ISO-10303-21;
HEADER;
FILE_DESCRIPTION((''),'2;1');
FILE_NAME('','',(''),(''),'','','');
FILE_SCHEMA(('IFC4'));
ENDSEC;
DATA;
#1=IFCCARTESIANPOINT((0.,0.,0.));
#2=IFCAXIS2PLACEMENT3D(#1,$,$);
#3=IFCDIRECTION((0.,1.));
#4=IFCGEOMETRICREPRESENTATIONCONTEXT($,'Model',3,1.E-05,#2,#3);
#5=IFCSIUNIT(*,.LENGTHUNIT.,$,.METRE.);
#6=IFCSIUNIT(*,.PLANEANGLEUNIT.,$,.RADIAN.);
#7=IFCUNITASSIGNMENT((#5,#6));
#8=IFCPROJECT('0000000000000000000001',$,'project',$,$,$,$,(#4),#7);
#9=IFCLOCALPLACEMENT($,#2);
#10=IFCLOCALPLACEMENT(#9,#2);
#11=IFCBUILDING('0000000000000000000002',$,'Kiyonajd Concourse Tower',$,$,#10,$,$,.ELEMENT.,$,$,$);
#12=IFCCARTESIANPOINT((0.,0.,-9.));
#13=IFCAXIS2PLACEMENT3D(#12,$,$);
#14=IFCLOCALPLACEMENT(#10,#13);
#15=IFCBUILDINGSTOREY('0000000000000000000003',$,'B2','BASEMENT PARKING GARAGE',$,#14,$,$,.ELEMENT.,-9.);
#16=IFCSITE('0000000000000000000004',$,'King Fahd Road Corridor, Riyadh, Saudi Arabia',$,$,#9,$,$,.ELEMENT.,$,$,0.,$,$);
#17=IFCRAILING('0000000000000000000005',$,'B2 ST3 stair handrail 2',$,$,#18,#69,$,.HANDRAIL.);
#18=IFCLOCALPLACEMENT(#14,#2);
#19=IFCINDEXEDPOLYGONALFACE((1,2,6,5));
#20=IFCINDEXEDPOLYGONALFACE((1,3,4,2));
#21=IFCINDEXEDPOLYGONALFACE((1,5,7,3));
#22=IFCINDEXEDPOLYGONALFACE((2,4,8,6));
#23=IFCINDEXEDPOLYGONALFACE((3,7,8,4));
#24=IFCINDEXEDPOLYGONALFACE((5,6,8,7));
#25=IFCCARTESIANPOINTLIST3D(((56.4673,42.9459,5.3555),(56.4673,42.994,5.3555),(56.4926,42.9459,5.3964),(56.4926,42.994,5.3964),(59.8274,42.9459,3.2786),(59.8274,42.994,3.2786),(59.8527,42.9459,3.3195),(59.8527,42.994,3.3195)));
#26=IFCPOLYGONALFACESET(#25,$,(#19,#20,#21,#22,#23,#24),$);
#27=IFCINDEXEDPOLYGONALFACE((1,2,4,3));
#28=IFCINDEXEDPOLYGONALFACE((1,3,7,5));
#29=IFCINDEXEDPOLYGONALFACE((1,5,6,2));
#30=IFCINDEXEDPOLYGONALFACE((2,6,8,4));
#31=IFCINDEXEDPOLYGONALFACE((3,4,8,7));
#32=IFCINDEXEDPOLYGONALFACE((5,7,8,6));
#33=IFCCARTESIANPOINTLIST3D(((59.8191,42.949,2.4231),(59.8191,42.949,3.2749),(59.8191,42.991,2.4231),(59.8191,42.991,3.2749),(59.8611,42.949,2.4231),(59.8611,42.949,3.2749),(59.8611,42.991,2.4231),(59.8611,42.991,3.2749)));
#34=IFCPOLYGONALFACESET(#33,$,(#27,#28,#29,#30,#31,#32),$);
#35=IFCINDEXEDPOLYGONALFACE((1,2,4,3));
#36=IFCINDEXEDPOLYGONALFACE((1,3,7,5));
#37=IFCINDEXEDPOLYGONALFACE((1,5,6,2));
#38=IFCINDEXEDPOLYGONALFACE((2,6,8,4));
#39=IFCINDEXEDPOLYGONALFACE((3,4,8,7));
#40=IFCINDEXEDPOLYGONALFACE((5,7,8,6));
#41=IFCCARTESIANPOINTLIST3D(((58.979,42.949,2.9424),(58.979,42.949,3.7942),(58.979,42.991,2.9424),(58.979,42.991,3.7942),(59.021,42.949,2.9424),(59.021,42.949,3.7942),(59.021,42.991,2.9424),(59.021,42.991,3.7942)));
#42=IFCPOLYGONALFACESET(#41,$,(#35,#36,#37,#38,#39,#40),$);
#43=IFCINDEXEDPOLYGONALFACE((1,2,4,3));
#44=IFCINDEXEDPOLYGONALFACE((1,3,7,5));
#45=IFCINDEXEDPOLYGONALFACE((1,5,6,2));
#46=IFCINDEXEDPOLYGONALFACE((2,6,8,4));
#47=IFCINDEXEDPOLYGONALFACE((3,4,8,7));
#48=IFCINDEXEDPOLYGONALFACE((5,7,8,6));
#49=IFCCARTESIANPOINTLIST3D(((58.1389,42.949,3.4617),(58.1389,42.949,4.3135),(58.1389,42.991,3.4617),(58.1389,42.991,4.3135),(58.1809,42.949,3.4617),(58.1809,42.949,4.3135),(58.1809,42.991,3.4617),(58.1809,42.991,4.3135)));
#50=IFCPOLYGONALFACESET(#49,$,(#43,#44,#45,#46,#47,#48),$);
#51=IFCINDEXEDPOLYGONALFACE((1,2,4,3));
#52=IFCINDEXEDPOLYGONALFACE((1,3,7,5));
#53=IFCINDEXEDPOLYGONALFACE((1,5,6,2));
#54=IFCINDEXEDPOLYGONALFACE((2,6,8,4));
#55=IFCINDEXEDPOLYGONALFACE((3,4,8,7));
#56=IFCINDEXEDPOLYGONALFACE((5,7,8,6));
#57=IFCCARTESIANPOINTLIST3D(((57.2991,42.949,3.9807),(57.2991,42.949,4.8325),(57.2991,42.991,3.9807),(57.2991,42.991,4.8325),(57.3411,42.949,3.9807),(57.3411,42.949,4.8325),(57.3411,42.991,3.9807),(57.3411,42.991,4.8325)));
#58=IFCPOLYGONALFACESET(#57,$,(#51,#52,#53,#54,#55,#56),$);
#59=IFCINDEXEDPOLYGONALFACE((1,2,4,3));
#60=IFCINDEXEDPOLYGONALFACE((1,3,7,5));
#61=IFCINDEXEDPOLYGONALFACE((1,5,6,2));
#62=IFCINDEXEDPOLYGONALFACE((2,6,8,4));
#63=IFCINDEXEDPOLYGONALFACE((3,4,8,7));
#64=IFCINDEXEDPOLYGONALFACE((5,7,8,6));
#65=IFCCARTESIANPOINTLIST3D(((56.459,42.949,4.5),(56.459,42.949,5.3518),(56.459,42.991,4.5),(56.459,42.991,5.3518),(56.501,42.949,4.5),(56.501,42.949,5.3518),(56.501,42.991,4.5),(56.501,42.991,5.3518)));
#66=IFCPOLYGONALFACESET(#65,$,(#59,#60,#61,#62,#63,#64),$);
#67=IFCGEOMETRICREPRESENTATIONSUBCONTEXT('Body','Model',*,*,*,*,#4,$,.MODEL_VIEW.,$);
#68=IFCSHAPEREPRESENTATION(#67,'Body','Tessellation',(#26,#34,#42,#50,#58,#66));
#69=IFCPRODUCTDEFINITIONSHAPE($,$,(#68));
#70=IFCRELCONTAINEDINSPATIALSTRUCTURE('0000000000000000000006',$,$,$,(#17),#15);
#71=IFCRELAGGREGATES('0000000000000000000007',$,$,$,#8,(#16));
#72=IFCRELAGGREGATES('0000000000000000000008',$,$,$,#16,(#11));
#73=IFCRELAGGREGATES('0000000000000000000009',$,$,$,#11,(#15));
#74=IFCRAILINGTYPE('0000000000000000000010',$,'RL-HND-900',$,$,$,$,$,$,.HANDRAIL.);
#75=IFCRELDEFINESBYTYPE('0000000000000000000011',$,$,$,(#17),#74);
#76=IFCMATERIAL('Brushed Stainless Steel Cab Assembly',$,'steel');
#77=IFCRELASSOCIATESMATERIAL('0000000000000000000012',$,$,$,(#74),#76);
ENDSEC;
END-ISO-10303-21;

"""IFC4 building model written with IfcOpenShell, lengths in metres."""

from ifc_helpers import new_model, si_unit, direction, frame, origin, origin_2d, place, context, subcontext, project, spatial, rectangle, extrude, material, type_object, element, save


model = new_model("IFC4")

# Units and contexts
model_context = context("Model", 3, precision=1e-05, world=origin(), true_north=direction((0.0, 1.0)))
body_context = subcontext(model_context, "Body", "Model", "MODEL_VIEW")
ifc_project = project(units=[si_unit("LENGTHUNIT", "METRE"), si_unit("PLANEANGLEUNIT", "RADIAN")], contexts=[model_context])

# Site, building, storey
site_placement = place(None, origin())
site = spatial("IfcSite", under=ifc_project, at=site_placement, Name="King Fahd Road Corridor, Riyadh, Saudi Arabia", CompositionType="ELEMENT", RefElevation=0.0)
building_placement = place(site_placement, origin())
building = spatial("IfcBuilding", under=site, at=building_placement, Name="Kiyonajd Concourse Tower", CompositionType="ELEMENT")
storey_placement = place(building_placement, frame((0.0, 0.0, -9.0)))
storey = spatial("IfcBuildingStorey", under=building, at=storey_placement, Name="B2", Description="BASEMENT PARKING GARAGE", CompositionType="ELEMENT", Elevation=-9.0)

# Railing
ifc_material_1 = material(Name="Brushed Stainless Steel Cab Assembly", Category="steel")
railing_type_1 = type_object("IfcRailingType", Name="RL-HND-900", PredefinedType="HANDRAIL", material=ifc_material_1)
railing_1_placement = place(storey_placement, frame((59.8401, 42.97, 2.4231)))
element("IfcRailing", 1, at=railing_1_placement, inside=storey, type_object=railing_type_1, Name="B2 ST3 stair handrail 2", PredefinedType="HANDRAIL", context=body_context, shape_type="SweptSolid", body=[
    extrude(rectangle(XDim=0.0481, YDim=0.0481, at=origin_2d()), frame((0.0, 0.0, 0.876), z_axis=(-0.850623, 0.0, 0.525776), x_axis=(0.0, -1.0, 0.0)), (0.0, 0.0, 1.0), 3.9502),
    extrude(rectangle(XDim=0.042, YDim=0.042, at=origin_2d()), origin(), (0.0, 0.0, 1.0), 0.8518),
    extrude(rectangle(XDim=0.042, YDim=0.042, at=origin_2d()), frame((-0.8401, 0.0, 0.5193)), (0.0, 0.0, 1.0), 0.8518),
    extrude(rectangle(XDim=0.042, YDim=0.042, at=origin_2d()), frame((-1.6802, 0.0, 1.0386)), (0.0, 0.0, 1.0), 0.8518),
    extrude(rectangle(XDim=0.042, YDim=0.042, at=origin_2d()), frame((-2.52, 0.0, 1.5576)), (0.0, 0.0, 1.0), 0.8518),
    extrude(rectangle(XDim=0.042, YDim=0.042, at=origin_2d()), frame((-3.3601, 0.0, 2.0769)), (0.0, 0.0, 1.0), 0.8518),
])

save(model, "model.ifc")
